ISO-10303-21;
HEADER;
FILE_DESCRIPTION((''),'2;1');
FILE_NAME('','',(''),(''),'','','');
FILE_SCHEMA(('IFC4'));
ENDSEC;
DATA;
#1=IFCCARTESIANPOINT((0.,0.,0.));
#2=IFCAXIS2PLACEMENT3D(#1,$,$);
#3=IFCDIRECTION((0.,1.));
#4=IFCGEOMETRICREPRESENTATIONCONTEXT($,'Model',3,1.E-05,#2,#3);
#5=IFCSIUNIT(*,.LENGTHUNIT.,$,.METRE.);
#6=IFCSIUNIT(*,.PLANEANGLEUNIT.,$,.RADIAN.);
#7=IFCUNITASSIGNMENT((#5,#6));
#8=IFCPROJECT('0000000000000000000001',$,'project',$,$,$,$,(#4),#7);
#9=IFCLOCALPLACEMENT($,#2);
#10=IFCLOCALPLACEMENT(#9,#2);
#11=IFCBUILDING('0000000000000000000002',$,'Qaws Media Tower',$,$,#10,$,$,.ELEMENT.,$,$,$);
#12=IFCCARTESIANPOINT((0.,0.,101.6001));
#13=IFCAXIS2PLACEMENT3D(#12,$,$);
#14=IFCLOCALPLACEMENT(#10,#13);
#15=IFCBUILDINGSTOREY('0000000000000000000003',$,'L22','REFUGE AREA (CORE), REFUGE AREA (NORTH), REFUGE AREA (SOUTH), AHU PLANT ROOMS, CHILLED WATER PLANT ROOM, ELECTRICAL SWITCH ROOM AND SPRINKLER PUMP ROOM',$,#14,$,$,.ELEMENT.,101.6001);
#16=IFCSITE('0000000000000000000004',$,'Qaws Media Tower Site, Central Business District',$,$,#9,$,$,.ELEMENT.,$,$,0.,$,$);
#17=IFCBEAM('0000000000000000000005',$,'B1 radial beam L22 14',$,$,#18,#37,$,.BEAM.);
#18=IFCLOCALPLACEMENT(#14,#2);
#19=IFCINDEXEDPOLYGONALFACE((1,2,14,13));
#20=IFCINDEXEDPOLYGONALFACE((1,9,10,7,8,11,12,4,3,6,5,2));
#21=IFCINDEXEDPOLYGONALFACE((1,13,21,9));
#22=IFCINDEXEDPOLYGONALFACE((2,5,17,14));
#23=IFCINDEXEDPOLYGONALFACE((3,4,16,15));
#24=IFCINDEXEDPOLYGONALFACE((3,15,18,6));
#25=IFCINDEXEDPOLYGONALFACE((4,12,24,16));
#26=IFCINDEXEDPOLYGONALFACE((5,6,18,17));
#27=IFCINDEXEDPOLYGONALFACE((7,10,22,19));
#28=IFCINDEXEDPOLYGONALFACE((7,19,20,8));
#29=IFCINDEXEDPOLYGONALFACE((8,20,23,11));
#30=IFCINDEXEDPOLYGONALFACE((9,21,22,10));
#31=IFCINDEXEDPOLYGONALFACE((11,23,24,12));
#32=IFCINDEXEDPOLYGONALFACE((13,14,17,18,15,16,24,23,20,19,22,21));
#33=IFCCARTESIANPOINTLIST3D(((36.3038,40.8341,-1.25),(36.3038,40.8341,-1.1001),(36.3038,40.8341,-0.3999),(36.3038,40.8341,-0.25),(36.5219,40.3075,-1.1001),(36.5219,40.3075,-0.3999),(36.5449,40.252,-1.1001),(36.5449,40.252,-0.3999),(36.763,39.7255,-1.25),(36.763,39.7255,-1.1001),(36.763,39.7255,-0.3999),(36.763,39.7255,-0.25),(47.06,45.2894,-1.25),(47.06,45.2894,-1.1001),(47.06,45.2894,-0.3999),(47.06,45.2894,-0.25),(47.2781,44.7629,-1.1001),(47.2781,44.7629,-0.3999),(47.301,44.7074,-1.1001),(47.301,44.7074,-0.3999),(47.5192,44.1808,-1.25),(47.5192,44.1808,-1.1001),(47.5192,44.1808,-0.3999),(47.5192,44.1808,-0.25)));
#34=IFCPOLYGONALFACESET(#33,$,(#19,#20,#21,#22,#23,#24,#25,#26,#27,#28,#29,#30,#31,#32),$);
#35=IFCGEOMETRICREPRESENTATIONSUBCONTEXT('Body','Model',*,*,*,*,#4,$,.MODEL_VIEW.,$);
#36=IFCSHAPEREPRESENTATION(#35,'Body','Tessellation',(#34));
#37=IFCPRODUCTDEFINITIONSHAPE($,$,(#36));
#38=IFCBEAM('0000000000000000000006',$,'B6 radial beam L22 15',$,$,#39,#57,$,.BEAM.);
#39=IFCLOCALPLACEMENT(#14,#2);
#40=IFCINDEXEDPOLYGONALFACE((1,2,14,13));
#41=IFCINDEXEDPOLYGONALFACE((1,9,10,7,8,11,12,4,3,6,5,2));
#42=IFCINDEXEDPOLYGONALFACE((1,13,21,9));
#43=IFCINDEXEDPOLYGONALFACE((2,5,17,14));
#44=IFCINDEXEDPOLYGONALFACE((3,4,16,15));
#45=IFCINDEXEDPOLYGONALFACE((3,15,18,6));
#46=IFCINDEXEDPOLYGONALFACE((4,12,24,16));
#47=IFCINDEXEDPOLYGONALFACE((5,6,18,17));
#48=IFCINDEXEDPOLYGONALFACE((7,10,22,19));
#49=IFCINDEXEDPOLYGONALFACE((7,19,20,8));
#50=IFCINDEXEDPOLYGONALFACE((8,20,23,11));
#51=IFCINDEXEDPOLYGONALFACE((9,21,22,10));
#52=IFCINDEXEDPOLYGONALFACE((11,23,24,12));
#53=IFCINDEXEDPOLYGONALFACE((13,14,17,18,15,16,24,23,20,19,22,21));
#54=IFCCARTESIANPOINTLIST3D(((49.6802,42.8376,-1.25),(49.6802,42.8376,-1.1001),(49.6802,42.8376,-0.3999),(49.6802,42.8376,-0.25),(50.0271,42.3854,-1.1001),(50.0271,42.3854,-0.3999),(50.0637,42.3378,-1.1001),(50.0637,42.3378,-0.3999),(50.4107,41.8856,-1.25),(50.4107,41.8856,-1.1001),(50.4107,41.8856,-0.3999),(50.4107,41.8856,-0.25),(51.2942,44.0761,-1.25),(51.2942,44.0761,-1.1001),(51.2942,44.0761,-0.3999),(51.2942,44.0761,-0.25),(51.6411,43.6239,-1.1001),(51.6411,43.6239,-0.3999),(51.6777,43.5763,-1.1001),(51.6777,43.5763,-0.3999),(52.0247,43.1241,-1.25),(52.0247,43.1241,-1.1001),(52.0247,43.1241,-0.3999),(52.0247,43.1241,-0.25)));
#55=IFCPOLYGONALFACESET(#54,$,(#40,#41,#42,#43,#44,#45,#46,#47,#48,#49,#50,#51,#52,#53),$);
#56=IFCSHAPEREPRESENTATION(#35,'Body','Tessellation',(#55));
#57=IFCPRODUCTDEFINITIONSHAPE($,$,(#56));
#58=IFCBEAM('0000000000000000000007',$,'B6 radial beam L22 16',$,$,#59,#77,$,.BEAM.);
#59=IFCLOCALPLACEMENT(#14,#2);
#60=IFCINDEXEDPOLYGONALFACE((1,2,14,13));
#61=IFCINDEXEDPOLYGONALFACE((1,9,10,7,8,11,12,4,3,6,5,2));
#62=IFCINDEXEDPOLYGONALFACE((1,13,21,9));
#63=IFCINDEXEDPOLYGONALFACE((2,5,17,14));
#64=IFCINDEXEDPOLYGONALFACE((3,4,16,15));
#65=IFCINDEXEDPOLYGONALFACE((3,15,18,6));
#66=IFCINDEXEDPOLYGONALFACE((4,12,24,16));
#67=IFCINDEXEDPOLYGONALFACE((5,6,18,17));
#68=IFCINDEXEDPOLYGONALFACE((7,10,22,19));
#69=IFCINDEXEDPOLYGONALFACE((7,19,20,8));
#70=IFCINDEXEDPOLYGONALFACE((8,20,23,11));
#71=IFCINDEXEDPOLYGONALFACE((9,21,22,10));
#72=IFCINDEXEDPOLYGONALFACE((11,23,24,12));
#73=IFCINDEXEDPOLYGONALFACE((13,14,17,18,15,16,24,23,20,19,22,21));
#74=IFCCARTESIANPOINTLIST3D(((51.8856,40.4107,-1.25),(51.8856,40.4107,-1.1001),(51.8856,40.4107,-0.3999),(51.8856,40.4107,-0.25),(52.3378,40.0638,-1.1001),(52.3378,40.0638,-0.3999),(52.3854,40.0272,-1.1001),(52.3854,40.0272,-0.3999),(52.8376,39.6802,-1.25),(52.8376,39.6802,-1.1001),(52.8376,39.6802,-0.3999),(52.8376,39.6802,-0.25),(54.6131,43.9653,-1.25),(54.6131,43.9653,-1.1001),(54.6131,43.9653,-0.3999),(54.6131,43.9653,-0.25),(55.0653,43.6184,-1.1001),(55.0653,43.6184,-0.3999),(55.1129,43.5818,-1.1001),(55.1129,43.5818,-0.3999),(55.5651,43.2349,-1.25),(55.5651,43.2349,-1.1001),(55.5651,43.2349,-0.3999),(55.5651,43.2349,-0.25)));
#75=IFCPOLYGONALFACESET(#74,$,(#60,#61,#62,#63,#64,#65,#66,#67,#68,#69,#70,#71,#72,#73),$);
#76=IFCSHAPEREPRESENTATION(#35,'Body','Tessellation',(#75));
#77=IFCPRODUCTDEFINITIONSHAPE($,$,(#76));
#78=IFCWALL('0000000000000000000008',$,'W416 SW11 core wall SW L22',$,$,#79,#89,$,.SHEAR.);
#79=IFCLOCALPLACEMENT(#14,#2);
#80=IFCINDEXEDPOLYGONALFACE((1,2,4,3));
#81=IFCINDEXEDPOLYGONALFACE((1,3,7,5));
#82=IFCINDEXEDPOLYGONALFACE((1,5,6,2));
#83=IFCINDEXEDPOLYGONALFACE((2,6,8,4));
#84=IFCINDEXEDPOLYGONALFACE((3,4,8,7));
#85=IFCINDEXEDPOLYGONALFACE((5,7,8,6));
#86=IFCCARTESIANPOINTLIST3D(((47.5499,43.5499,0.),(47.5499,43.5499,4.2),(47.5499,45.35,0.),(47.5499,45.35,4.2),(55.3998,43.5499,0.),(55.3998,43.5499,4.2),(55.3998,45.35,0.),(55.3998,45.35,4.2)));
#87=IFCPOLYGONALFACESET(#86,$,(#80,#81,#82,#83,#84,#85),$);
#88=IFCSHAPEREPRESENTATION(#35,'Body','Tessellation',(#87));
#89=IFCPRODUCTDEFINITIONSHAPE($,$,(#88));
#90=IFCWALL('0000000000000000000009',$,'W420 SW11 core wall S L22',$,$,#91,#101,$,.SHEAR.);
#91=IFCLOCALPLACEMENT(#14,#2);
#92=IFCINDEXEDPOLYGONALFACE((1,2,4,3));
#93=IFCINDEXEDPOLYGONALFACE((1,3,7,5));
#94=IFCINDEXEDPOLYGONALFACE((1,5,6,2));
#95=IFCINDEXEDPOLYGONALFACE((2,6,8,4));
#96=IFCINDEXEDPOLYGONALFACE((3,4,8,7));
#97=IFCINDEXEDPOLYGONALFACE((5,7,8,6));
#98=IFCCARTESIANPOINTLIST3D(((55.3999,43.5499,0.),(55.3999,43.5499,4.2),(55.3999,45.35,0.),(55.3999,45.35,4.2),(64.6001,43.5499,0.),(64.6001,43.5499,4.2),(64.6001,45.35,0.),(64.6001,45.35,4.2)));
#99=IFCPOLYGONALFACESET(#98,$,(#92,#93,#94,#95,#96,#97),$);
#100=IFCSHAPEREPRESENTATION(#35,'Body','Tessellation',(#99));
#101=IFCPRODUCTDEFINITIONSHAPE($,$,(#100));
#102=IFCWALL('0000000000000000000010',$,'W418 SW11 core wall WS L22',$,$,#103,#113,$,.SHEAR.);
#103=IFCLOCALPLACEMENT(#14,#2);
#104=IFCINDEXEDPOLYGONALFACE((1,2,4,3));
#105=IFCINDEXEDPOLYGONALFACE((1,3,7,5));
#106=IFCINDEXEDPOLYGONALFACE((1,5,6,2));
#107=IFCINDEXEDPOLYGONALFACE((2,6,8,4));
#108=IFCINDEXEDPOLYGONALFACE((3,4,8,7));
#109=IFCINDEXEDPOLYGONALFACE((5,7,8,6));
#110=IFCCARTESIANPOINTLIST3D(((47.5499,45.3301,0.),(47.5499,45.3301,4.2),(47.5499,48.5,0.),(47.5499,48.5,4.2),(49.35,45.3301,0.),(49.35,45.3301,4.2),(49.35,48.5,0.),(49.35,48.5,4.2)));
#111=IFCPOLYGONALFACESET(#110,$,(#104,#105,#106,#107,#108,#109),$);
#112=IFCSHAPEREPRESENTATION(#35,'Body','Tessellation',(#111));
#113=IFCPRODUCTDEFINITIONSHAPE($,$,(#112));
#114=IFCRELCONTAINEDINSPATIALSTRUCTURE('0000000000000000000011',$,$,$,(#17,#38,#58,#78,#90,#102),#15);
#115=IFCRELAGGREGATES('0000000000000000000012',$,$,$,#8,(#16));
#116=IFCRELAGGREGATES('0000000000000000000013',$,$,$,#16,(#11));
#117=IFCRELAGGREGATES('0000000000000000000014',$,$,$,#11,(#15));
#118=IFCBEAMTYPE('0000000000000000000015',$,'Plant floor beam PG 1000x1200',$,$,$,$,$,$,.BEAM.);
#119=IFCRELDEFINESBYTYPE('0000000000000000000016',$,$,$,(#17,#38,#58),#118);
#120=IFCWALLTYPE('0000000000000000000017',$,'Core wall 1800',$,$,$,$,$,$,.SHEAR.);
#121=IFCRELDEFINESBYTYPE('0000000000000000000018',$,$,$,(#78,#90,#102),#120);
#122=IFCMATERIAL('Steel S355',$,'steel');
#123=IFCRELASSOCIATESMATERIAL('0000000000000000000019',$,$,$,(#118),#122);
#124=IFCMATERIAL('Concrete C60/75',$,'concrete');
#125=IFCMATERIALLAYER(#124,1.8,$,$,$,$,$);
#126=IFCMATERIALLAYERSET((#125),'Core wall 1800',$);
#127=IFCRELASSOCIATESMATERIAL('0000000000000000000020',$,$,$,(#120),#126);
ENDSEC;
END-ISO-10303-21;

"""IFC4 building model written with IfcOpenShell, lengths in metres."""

from ifc_helpers import new_model, si_unit, direction, frame, frame_2d, origin, origin_2d, place, context, subcontext, project, spatial, rectangle, i_section, extrude, material, layer, layer_set, material_profile, profile_set, type_object, element, save


model = new_model("IFC4")

# Units and contexts
model_context = context("Model", 3, precision=1e-05, world=origin(), true_north=direction((0.0, 1.0)))
body_context = subcontext(model_context, "Body", "Model", "MODEL_VIEW")
ifc_project = project(units=[si_unit("LENGTHUNIT", "METRE"), si_unit("PLANEANGLEUNIT", "RADIAN")], contexts=[model_context])

# Site, building, storey
site_placement = place(None, origin())
site = spatial("IfcSite", under=ifc_project, at=site_placement, Name="Qaws Media Tower Site, Central Business District", CompositionType="ELEMENT", RefElevation=0.0)
building_placement = place(site_placement, origin())
building = spatial("IfcBuilding", under=site, at=building_placement, Name="Qaws Media Tower", CompositionType="ELEMENT")
storey_placement = place(building_placement, frame((0.0, 0.0, 101.6001)))
storey = spatial("IfcBuildingStorey", under=building, at=storey_placement, Name="L22", Description="REFUGE AREA (CORE), REFUGE AREA (NORTH), REFUGE AREA (SOUTH), AHU PLANT ROOMS, CHILLED WATER PLANT ROOM, ELECTRICAL SWITCH ROOM AND SPRINKLER PUMP ROOM", CompositionType="ELEMENT", Elevation=101.6001)

# Beams
ifc_material_1 = material(Name="Steel S355", Category="steel")
ifc_material_profile_1 = material_profile(ifc_material_1, i_section(OverallWidth=1.2, OverallDepth=1.0, WebThickness=0.0601, FlangeThickness=0.1499, at=origin_2d()), Name="PG 1000x1200")
ifc_profile_set_1 = profile_set([ifc_material_profile_1], Name="Steel S355")
beam_type_1 = type_object("IfcBeamType", Name="Plant floor beam PG 1000x1200", PredefinedType="BEAM", material=ifc_profile_set_1)
beam_1_placement = place(storey_placement, frame((47.2896, 44.7351, -0.75), z_axis=(-0.92388, -0.382683, 0.0), x_axis=(0.382683, -0.92388, 0.0)))
element("IfcBeam", 1, at=beam_1_placement, inside=storey, type_object=beam_type_1, Name="B1 radial beam L22 14", PredefinedType="BEAM", context=body_context, shape_type="SweptSolid", body=[
    extrude(i_section(OverallWidth=1.2, OverallDepth=1.0, WebThickness=0.0601, FlangeThickness=0.1499, at=origin_2d()), origin(), (0.0, 0.0, 1.0), 11.6423),
])
beam_2_placement = place(storey_placement, frame((51.6594, 43.6001, -0.75), z_axis=(-0.793342, -0.608777, 0.0), x_axis=(0.608777, -0.793342, 0.0)))
element("IfcBeam", 2, at=beam_2_placement, inside=storey, type_object=beam_type_1, Name="B6 radial beam L22 15", PredefinedType="BEAM", context=body_context, shape_type="SweptSolid", body=[
    extrude(i_section(OverallWidth=1.2, OverallDepth=1.0, WebThickness=0.0601, FlangeThickness=0.1499, at=origin_2d()), origin(), (0.0, 0.0, 1.0), 2.0344),
])
beam_3_placement = place(storey_placement, frame((55.0891, 43.6001, -0.75), z_axis=(-0.608752, -0.793361, 0.0), x_axis=(0.793361, -0.608752, 0.0)))
element("IfcBeam", 3, at=beam_3_placement, inside=storey, type_object=beam_type_1, Name="B6 radial beam L22 16", PredefinedType="BEAM", context=body_context, shape_type="SweptSolid", body=[
    extrude(i_section(OverallWidth=1.2, OverallDepth=1.0, WebThickness=0.0601, FlangeThickness=0.1499, at=origin_2d()), origin(), (0.0, 0.0, 1.0), 4.4805),
])

# Walls
ifc_material_2 = material(Name="Concrete C60/75", Category="concrete")
ifc_layer = layer(ifc_material_2, 1.8)
ifc_layer_set = layer_set([ifc_layer], Name="Core wall 1800")
wall_type = type_object("IfcWallType", Name="Core wall 1800", PredefinedType="SHEAR", material=ifc_layer_set)
wall_1_placement = place(storey_placement, frame((47.55, 44.45, 0.0), z_axis=(0.0, 0.0, 1.0), x_axis=(1.0, 0.0, 0.0)))
element("IfcWall", 4, at=wall_1_placement, inside=storey, type_object=wall_type, Name="W416 SW11 core wall SW L22", PredefinedType="SHEAR", context=body_context, shape_type="SweptSolid", body=[
    extrude(rectangle(XDim=7.8499, YDim=1.8, at=frame_2d((3.9248, 0.0))), origin(), (0.0, 0.0, 1.0), 4.2),
])
wall_2_placement = place(storey_placement, frame((55.3999, 44.45, 0.0), z_axis=(0.0, 0.0, 1.0), x_axis=(1.0, 0.0, 0.0)))
element("IfcWall", 5, at=wall_2_placement, inside=storey, type_object=wall_type, Name="W420 SW11 core wall S L22", PredefinedType="SHEAR", context=body_context, shape_type="SweptSolid", body=[
    extrude(rectangle(XDim=9.2002, YDim=1.8, at=frame_2d((4.6001, 0.0))), origin(), (0.0, 0.0, 1.0), 4.2),
])
wall_3_placement = place(storey_placement, frame((48.45, 45.3301, 0.0), z_axis=(0.0, 0.0, 1.0), x_axis=(0.0, 1.0, 0.0)))
element("IfcWall", 6, at=wall_3_placement, inside=storey, type_object=wall_type, Name="W418 SW11 core wall WS L22", PredefinedType="SHEAR", context=body_context, shape_type="SweptSolid", body=[
    extrude(rectangle(XDim=3.1699, YDim=1.8, at=frame_2d((1.585, 0.0))), origin(), (0.0, 0.0, 1.0), 4.2),
])

save(model, "model.ifc")
